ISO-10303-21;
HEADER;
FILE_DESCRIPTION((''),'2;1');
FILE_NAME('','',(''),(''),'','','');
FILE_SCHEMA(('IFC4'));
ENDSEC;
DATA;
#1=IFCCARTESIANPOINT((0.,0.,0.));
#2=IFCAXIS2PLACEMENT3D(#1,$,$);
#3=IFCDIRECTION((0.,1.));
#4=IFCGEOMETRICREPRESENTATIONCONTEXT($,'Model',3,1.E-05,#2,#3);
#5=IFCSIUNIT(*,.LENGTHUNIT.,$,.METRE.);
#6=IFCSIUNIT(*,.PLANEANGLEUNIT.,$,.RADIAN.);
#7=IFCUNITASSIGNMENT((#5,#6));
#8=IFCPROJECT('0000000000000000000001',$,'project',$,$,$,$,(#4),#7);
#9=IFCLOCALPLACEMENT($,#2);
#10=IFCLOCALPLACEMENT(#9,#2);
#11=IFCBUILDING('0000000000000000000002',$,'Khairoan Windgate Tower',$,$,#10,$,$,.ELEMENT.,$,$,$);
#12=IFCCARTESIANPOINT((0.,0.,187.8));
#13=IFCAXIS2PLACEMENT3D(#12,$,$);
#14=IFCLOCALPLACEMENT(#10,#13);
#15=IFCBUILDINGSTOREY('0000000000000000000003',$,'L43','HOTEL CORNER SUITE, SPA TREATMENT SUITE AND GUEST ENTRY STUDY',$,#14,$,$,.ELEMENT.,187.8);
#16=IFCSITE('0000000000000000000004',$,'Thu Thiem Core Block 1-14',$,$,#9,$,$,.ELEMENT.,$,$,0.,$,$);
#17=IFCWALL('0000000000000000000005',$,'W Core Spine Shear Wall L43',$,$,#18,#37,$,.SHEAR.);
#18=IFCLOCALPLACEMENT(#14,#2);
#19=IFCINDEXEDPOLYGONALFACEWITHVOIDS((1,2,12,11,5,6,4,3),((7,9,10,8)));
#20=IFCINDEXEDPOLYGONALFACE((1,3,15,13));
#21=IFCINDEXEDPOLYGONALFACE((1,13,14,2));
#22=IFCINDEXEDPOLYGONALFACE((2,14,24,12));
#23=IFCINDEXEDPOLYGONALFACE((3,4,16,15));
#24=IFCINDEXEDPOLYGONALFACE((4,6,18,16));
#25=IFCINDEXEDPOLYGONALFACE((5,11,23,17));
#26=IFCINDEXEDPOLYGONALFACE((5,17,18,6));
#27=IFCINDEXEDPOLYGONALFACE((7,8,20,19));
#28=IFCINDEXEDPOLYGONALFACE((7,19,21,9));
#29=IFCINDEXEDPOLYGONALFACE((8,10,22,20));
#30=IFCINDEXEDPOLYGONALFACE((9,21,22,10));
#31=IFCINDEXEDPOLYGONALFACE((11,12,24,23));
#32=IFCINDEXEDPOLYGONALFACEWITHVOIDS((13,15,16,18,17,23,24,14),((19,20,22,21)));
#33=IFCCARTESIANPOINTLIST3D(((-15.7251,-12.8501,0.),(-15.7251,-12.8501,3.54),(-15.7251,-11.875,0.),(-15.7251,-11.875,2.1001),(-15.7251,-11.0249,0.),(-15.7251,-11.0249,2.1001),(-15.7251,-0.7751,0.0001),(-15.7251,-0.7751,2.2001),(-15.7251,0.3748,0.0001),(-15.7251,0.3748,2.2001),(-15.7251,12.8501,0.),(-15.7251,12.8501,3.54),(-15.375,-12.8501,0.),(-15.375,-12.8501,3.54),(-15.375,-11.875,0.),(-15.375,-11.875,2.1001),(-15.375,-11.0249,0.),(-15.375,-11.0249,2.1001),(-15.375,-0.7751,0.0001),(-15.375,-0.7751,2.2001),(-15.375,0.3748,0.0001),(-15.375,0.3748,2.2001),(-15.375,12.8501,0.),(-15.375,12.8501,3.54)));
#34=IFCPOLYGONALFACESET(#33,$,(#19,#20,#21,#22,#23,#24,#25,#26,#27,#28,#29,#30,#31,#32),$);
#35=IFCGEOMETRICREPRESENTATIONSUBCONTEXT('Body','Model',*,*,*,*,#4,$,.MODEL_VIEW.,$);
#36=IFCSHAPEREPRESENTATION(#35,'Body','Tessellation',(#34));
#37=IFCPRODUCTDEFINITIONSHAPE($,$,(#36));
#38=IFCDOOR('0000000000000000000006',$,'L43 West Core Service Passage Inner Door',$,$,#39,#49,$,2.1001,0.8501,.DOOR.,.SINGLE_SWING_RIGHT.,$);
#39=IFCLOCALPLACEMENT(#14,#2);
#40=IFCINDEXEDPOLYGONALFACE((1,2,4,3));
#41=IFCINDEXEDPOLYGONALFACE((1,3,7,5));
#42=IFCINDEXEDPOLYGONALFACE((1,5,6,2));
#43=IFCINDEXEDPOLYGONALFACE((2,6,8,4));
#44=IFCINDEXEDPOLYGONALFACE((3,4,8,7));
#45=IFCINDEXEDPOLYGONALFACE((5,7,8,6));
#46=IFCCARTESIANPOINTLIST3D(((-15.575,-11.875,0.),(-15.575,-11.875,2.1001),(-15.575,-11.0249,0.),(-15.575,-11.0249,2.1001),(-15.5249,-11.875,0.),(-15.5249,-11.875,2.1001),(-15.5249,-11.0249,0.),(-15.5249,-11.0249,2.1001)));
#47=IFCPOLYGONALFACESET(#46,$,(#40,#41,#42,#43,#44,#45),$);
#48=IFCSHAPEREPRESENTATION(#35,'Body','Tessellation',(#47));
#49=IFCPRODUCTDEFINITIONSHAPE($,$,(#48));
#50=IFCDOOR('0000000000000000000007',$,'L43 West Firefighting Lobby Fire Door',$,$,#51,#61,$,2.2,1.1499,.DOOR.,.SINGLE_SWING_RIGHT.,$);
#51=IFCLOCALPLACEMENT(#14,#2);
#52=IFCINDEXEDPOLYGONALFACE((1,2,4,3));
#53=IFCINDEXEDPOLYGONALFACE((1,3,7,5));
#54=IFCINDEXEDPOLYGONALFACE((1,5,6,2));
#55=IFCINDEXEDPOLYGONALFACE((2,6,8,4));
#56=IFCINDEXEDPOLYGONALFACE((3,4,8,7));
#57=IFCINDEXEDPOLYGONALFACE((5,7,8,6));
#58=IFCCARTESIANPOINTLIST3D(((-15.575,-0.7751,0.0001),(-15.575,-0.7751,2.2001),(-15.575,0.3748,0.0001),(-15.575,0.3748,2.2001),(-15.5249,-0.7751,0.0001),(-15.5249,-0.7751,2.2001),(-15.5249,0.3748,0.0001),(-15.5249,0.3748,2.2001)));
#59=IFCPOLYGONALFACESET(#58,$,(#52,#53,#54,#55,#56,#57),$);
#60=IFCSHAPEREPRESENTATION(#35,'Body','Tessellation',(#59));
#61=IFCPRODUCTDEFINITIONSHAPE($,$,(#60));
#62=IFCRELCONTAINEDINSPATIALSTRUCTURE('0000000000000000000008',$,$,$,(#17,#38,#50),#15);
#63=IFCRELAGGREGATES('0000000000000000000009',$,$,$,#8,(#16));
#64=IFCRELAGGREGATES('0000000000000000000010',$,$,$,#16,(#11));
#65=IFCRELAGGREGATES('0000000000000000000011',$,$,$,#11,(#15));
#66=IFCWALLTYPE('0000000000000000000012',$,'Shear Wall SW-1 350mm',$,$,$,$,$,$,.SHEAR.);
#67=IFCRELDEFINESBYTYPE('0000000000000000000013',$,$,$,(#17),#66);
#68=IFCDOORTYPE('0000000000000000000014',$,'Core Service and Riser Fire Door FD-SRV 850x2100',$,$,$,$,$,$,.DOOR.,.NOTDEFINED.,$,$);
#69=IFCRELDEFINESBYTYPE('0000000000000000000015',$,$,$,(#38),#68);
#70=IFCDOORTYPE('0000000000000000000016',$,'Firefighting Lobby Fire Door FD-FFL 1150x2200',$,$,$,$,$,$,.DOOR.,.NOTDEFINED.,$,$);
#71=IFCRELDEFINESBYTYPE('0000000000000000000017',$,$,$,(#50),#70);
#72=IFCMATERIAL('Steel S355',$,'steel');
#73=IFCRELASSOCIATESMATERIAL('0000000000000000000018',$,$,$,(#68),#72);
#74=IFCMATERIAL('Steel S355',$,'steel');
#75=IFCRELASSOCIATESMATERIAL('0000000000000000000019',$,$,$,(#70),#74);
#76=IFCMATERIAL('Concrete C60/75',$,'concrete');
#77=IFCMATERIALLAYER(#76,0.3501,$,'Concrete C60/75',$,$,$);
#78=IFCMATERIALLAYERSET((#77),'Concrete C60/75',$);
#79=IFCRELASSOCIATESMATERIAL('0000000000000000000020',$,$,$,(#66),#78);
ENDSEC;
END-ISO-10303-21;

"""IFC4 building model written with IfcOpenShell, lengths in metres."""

from ifc_helpers import new_model, si_unit, direction, frame, frame_2d, origin, place, context, subcontext, project, spatial, rectangle, extrude, material, layer, layer_set, type_object, element, fill, save


model = new_model("IFC4")

# Units and contexts
model_context = context("Model", 3, precision=1e-05, world=origin(), true_north=direction((0.0, 1.0)))
body_context = subcontext(model_context, "Body", "Model", "MODEL_VIEW")
ifc_project = project(units=[si_unit("LENGTHUNIT", "METRE"), si_unit("PLANEANGLEUNIT", "RADIAN")], contexts=[model_context])

# Site, building, storey
site_placement = place(None, origin())
site = spatial("IfcSite", under=ifc_project, at=site_placement, Name="Thu Thiem Core Block 1-14", CompositionType="ELEMENT", RefElevation=0.0)
building_placement = place(site_placement, origin())
building = spatial("IfcBuilding", under=site, at=building_placement, Name="Khairoan Windgate Tower", CompositionType="ELEMENT")
storey_placement = place(building_placement, frame((0.0, 0.0, 187.8)))
storey = spatial("IfcBuildingStorey", under=building, at=storey_placement, Name="L43", Description="HOTEL CORNER SUITE, SPA TREATMENT SUITE AND GUEST ENTRY STUDY", CompositionType="ELEMENT", Elevation=187.8)

# Wall, openings, doors
ifc_material_1 = material(Name="Steel S355", Category="steel")
door_type_1 = type_object("IfcDoorType", Name="Core Service and Riser Fire Door FD-SRV 850x2100", OperationType="NOTDEFINED", PredefinedType="DOOR", material=ifc_material_1)
ifc_material_2 = material(Name="Steel S355", Category="steel")
door_type_2 = type_object("IfcDoorType", Name="Firefighting Lobby Fire Door FD-FFL 1150x2200", OperationType="NOTDEFINED", PredefinedType="DOOR", material=ifc_material_2)
ifc_material_3 = material(Name="Concrete C60/75", Category="concrete")
ifc_layer_1 = layer(ifc_material_3, 0.3501, Name="Concrete C60/75")
ifc_layer_set_1 = layer_set([ifc_layer_1], Name="Concrete C60/75")
wall_type_1 = type_object("IfcWallType", Name="Shear Wall SW-1 350mm", PredefinedType="SHEAR", material=ifc_layer_set_1)
wall_1_placement = place(storey_placement, frame((-15.55, -12.8501, 0.0), z_axis=(0.0, 0.0, 1.0), x_axis=(0.0, 1.0, 0.0)))
wall_1 = element("IfcWall", 1, at=wall_1_placement, inside=storey, type_object=wall_type_1, Name="W Core Spine Shear Wall L43", PredefinedType="SHEAR", context=body_context, shape_type="SweptSolid", body=[
    extrude(rectangle(XDim=25.7002, YDim=0.3501, at=frame_2d((12.8501, 0.0))), origin(), (0.0, 0.0, 1.0), 3.54),
])
opening_1_placement = place(wall_1_placement, frame((12.075, 0.0, 0.0)))
opening_1 = element("IfcOpeningElement", 2, at=opening_1_placement, cuts=wall_1, PredefinedType="OPENING", context=body_context, shape_type="SweptSolid", body=[
    extrude(rectangle(XDim=1.1499, YDim=2.2, at=frame_2d((0.575, 1.1001))), frame((0.0, 0.1851, 0.0), z_axis=(0.0, -1.0, 0.0), x_axis=(1.0, 0.0, 0.0)), (0.0, 0.0, 1.0), 0.3701),
])
opening_2_placement = place(wall_1_placement, frame((0.9751, 0.0, 0.0)))
opening_2 = element("IfcOpeningElement", 3, at=opening_2_placement, cuts=wall_1, PredefinedType="OPENING", context=body_context, shape_type="SweptSolid", body=[
    extrude(rectangle(XDim=0.8501, YDim=2.1001, at=frame_2d((0.425, 1.05))), frame((0.0, 0.1851, 0.0), z_axis=(0.0, -1.0, 0.0), x_axis=(1.0, 0.0, 0.0)), (0.0, 0.0, 1.0), 0.3701),
])
door_1_placement = place(opening_2_placement, origin())
door_1 = element("IfcDoor", 4, at=door_1_placement, inside=storey, type_object=door_type_1, Name="L43 West Core Service Passage Inner Door", OperationType="SINGLE_SWING_RIGHT", OverallHeight=2.1001, OverallWidth=0.8501, PredefinedType="DOOR", context=body_context, shape_type="SweptSolid", body=[
    extrude(rectangle(XDim=0.8501, YDim=2.1001, at=frame_2d((0.425, 1.05))), frame((0.0, 0.0249, 0.0), z_axis=(0.0, -1.0, 0.0), x_axis=(1.0, 0.0, 0.0)), (0.0, 0.0, 1.0), 0.05),
])
fill(opening_2, door_1)
door_2_placement = place(opening_1_placement, origin())
door_2 = element("IfcDoor", 5, at=door_2_placement, inside=storey, type_object=door_type_2, Name="L43 West Firefighting Lobby Fire Door", OperationType="SINGLE_SWING_RIGHT", OverallHeight=2.2, OverallWidth=1.1499, PredefinedType="DOOR", context=body_context, shape_type="SweptSolid", body=[
    extrude(rectangle(XDim=1.1499, YDim=2.2, at=frame_2d((0.575, 1.1001))), frame((0.0, 0.0249, 0.0), z_axis=(0.0, -1.0, 0.0), x_axis=(1.0, 0.0, 0.0)), (0.0, 0.0, 1.0), 0.05),
])
fill(opening_1, door_2)

save(model, "model.ifc")
